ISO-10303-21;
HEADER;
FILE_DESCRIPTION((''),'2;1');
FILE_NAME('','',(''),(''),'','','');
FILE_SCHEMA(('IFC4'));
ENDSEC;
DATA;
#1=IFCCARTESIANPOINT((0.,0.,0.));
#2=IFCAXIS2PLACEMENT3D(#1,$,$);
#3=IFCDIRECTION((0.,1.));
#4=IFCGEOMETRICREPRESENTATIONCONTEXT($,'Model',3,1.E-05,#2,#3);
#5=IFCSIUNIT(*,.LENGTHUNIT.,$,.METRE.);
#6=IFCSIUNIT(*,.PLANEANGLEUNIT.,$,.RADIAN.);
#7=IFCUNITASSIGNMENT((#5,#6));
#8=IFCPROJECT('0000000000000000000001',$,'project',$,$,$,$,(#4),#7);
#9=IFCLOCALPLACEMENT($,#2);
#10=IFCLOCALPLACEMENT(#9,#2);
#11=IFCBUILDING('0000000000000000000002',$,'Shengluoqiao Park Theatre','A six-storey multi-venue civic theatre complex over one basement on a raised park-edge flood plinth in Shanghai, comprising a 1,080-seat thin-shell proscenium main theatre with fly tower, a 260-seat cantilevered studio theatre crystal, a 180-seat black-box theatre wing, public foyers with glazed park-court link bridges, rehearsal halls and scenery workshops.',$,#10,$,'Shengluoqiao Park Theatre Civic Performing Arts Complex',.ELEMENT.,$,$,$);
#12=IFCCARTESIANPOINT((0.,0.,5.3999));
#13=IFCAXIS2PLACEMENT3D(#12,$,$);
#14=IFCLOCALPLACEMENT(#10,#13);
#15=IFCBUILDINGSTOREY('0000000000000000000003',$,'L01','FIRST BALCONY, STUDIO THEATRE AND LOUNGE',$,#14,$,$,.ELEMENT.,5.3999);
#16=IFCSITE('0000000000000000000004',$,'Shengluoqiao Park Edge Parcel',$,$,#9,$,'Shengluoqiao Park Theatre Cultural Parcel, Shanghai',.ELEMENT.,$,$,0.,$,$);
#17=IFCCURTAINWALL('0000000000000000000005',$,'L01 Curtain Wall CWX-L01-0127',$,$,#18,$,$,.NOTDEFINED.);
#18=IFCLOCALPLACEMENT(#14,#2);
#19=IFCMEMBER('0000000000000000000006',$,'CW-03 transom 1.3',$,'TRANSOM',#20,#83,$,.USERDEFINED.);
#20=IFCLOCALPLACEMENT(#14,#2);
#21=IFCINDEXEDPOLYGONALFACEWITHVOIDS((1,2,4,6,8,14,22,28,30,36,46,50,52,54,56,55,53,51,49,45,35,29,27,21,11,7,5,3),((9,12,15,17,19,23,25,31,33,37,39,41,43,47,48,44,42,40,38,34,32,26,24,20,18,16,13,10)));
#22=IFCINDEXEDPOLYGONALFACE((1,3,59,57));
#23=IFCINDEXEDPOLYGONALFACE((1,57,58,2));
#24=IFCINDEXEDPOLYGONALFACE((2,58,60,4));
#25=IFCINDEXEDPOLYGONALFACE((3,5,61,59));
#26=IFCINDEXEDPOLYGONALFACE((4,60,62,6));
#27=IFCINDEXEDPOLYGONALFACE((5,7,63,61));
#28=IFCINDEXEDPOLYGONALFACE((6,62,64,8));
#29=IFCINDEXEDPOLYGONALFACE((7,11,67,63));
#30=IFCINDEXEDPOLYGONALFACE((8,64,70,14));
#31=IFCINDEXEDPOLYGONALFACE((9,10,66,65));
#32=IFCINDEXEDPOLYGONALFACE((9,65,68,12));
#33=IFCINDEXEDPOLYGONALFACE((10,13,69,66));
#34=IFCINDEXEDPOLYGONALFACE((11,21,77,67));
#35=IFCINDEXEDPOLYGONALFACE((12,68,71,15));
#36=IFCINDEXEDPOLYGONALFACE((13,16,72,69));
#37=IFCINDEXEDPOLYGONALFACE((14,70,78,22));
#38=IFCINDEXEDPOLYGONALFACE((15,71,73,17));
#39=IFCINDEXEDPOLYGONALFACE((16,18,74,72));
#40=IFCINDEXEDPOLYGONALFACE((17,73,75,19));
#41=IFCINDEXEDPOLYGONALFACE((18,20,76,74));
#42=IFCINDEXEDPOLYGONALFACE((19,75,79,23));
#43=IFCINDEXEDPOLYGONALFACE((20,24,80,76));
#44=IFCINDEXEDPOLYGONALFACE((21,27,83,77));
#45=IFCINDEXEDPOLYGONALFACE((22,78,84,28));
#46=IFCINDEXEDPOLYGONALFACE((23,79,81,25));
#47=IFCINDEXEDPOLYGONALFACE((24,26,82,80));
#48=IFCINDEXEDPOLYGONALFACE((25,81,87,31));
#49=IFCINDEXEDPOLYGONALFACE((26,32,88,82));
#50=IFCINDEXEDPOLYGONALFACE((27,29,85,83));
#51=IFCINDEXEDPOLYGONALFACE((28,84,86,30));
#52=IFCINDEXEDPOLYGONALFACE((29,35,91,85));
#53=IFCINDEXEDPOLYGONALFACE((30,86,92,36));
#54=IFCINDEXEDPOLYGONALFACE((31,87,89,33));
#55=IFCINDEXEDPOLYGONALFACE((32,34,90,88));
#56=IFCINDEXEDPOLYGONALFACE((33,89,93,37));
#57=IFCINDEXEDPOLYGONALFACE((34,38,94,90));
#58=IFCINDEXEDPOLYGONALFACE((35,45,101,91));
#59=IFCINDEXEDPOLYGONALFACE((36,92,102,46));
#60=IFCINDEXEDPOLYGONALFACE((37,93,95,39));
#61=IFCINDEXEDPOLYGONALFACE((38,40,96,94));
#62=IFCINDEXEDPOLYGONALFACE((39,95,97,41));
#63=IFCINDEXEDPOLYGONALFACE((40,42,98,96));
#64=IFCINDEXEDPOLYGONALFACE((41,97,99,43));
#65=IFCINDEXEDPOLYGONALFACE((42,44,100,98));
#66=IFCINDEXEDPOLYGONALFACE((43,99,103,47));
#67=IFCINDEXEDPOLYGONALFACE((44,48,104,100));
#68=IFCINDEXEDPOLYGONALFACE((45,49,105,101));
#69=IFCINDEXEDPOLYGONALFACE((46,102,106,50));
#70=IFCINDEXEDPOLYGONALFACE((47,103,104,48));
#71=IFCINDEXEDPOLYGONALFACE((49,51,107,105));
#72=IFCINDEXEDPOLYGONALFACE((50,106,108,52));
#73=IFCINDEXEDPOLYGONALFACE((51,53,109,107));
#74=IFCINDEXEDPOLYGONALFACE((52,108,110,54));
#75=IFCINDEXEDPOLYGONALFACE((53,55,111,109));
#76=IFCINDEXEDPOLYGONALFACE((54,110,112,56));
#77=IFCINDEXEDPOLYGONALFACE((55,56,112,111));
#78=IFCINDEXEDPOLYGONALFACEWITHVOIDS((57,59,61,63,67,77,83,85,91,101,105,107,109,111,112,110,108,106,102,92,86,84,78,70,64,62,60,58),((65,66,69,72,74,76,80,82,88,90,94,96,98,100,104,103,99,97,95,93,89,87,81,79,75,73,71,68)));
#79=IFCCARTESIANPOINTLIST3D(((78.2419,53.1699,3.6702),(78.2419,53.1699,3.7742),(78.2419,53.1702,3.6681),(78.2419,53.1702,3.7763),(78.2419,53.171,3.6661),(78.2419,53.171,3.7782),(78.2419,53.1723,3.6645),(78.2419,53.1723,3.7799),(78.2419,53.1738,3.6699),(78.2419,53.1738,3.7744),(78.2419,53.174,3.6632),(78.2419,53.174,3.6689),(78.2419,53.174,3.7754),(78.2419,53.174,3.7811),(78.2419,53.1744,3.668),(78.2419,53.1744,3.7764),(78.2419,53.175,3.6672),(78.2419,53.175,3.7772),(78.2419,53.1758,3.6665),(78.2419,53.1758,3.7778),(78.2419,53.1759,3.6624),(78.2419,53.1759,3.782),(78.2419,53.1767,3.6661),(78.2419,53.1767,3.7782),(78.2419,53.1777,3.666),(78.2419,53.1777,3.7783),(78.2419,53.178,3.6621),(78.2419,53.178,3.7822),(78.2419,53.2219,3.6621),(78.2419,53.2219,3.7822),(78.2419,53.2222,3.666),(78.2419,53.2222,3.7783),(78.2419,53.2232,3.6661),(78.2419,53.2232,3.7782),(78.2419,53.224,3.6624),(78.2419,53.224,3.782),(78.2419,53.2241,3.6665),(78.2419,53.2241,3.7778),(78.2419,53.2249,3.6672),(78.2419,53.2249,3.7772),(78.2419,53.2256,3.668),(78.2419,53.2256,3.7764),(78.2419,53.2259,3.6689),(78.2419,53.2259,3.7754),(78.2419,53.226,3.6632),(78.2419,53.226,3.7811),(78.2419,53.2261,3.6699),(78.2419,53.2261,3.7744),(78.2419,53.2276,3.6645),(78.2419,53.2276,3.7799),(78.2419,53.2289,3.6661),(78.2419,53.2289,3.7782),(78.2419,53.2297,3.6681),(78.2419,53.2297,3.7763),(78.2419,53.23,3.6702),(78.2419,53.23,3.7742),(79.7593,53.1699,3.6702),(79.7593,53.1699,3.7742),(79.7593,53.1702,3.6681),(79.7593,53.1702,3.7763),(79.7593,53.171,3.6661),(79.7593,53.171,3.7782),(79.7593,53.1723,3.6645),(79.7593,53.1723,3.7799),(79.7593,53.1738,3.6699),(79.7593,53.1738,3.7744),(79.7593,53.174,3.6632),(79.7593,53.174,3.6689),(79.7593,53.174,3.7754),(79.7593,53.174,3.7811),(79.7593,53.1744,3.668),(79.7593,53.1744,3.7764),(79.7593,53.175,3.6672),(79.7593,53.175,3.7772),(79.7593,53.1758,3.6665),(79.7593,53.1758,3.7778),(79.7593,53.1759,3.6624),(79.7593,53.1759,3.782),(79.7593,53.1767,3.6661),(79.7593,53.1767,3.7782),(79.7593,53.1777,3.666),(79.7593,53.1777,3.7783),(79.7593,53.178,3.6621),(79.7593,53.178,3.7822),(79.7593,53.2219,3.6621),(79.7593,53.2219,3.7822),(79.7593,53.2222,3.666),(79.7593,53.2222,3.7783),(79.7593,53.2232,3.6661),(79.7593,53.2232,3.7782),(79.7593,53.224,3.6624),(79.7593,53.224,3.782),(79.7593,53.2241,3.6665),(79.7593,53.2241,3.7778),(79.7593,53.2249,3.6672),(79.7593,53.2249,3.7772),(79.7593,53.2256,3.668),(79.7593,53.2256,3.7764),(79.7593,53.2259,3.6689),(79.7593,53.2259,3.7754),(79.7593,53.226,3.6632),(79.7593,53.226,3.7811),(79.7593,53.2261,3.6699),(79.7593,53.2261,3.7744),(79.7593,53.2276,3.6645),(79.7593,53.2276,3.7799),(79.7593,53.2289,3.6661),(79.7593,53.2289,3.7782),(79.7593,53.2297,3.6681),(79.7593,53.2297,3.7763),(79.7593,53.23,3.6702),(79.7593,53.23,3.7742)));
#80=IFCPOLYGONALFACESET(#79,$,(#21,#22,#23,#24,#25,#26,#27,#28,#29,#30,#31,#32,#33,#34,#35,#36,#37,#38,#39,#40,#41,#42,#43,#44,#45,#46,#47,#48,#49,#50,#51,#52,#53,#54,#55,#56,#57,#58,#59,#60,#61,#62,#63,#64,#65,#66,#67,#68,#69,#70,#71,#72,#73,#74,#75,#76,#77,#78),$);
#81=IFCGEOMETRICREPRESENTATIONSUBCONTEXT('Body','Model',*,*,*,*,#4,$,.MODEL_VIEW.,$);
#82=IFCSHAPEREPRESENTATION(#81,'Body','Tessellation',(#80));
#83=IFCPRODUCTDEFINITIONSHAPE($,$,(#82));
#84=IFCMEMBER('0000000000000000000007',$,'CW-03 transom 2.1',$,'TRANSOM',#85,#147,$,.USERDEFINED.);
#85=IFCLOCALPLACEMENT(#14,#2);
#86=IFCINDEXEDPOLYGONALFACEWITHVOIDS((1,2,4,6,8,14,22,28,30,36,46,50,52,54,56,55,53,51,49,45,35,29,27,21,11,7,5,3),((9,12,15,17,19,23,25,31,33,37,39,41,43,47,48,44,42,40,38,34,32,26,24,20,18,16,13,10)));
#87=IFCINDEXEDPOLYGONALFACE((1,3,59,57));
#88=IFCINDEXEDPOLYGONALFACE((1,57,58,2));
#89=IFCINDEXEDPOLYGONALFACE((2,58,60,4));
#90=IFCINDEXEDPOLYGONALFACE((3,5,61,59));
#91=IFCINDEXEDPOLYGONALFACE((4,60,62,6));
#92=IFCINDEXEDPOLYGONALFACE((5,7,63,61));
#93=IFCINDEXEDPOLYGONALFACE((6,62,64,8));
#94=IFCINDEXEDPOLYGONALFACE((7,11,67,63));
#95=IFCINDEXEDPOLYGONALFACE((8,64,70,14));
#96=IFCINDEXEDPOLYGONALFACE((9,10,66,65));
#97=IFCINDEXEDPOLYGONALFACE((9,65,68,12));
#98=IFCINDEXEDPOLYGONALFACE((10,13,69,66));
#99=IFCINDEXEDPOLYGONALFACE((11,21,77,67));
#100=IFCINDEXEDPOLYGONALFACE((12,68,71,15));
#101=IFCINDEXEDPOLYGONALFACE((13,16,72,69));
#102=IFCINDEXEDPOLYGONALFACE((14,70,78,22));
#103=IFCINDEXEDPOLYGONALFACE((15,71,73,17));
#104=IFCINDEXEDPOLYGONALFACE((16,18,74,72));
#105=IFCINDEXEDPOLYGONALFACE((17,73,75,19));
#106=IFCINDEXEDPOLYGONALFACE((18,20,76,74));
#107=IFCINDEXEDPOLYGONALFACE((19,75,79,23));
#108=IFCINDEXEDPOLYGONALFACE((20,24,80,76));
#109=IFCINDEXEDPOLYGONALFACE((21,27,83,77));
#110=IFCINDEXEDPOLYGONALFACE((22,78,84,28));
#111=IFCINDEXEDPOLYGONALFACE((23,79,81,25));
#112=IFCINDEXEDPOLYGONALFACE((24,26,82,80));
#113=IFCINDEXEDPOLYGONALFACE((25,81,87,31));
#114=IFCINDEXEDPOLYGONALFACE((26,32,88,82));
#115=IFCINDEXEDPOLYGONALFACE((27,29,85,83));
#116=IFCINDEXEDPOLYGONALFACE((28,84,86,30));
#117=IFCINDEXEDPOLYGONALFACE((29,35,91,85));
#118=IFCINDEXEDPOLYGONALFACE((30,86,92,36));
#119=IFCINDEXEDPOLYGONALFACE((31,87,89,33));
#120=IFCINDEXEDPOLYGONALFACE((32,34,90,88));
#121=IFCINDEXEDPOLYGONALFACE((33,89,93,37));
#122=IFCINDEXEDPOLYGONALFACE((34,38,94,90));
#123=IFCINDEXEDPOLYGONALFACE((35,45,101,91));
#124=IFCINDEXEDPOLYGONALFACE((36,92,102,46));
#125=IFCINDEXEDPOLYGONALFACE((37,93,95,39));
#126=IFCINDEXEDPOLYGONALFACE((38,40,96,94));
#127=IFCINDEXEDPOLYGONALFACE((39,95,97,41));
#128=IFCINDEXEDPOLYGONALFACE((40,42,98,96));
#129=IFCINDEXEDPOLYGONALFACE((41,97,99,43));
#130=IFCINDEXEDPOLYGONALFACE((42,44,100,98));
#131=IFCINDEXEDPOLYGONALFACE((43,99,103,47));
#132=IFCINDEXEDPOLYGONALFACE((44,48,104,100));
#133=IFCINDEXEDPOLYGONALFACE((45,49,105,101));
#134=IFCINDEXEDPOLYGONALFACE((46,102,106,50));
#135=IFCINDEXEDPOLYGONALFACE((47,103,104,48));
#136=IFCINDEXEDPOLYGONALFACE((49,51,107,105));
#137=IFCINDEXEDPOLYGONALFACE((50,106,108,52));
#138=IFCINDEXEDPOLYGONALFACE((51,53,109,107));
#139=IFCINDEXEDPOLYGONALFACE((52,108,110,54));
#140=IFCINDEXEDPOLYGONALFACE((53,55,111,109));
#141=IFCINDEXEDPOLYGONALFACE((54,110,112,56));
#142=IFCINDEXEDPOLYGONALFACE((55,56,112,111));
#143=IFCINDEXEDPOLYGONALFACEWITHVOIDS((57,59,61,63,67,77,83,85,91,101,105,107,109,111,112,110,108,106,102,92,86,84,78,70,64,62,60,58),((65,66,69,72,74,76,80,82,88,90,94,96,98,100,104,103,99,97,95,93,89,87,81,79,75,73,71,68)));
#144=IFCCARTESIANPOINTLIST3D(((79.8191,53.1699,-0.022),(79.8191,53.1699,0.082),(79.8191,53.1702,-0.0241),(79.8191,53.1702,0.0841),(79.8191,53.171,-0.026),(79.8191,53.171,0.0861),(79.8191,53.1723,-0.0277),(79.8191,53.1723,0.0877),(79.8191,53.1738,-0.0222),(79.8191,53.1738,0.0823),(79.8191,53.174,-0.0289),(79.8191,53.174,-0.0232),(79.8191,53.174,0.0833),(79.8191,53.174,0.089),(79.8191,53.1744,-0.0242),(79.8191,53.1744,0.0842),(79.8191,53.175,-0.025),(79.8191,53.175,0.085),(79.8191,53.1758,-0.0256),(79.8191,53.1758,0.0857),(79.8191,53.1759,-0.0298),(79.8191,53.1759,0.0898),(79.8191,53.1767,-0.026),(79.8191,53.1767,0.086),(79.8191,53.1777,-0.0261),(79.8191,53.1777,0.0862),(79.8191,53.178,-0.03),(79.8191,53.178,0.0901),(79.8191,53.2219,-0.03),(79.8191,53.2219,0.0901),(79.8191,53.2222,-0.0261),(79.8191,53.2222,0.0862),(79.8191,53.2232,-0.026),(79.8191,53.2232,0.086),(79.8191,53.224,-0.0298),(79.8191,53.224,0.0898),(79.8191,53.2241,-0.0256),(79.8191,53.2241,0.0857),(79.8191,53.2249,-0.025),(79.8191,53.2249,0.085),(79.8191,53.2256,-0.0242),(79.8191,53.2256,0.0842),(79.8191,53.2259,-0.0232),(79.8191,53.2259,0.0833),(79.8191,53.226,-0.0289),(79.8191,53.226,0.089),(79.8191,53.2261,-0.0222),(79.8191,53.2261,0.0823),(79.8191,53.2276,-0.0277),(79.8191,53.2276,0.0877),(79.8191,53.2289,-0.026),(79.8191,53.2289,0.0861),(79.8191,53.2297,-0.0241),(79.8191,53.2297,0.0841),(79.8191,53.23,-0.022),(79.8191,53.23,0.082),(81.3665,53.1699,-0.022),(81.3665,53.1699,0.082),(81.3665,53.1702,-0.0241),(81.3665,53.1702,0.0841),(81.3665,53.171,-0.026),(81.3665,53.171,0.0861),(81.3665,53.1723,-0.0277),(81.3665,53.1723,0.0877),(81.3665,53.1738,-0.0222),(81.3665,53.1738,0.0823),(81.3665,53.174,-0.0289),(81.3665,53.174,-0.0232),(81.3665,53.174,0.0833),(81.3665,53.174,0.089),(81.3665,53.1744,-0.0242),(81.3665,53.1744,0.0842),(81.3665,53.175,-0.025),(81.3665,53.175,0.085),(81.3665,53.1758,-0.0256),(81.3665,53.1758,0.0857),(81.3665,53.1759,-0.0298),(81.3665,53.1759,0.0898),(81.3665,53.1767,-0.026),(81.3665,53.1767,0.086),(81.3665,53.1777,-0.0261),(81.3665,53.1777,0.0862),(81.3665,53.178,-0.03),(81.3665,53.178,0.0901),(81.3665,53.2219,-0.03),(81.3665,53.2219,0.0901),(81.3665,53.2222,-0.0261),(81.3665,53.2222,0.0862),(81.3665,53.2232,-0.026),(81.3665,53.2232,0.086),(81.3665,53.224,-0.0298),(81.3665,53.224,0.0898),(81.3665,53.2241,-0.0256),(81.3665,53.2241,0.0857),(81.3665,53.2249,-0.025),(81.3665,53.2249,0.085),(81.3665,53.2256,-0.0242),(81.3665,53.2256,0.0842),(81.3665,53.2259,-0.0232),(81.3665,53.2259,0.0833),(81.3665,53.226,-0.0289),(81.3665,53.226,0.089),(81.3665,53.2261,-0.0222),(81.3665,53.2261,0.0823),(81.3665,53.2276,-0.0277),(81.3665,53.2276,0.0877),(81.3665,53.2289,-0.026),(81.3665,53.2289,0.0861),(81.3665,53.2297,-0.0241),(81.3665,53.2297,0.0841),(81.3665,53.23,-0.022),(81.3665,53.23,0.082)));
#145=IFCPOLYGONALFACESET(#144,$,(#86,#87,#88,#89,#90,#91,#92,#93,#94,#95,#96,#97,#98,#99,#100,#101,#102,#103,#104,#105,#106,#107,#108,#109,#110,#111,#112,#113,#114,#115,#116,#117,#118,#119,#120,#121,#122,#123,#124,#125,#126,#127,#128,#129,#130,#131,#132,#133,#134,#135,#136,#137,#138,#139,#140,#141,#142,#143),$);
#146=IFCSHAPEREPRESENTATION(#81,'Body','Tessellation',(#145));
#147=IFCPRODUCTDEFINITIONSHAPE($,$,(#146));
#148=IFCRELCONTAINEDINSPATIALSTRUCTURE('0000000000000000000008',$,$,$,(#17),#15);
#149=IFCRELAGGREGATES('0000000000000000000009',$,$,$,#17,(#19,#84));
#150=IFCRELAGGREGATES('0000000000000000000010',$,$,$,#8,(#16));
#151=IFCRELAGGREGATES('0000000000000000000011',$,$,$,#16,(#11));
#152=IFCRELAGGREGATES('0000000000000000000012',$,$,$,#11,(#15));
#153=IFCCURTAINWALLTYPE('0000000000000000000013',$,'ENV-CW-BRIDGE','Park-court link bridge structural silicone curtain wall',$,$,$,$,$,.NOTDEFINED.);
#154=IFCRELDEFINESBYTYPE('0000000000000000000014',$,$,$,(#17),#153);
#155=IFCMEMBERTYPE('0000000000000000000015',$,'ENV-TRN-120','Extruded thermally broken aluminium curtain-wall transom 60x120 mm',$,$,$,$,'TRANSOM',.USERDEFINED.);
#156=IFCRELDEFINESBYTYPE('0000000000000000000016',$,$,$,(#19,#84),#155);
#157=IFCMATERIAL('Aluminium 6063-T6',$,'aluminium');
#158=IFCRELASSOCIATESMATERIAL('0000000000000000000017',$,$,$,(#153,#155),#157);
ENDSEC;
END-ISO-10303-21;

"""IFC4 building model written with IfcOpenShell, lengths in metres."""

from ifc_helpers import new_model, si_unit, direction, frame, origin, origin_2d, place, context, subcontext, project, spatial, hollow_rectangle, extrude, material, material_profile, profile_set, type_object, element, aggregate, save


model = new_model("IFC4")

# Units and contexts
model_context = context("Model", 3, precision=1e-05, world=origin(), true_north=direction((0.0, 1.0)))
body_context = subcontext(model_context, "Body", "Model", "MODEL_VIEW")
ifc_project = project(units=[si_unit("LENGTHUNIT", "METRE"), si_unit("PLANEANGLEUNIT", "RADIAN")], contexts=[model_context])

# Site, building, storey
site_placement = place(None, origin())
site = spatial("IfcSite", under=ifc_project, at=site_placement, Name="Shengluoqiao Park Edge Parcel", LongName="Shengluoqiao Park Theatre Cultural Parcel, Shanghai", CompositionType="ELEMENT", RefElevation=0.0)
building_placement = place(site_placement, origin())
building = spatial("IfcBuilding", under=site, at=building_placement, Name="Shengluoqiao Park Theatre", Description="A six-storey multi-venue civic theatre complex over one basement on a raised park-edge flood plinth in Shanghai, comprising a 1,080-seat thin-shell proscenium main theatre with fly tower, a 260-seat cantilevered studio theatre crystal, a 180-seat black-box theatre wing, public foyers with glazed park-court link bridges, rehearsal halls and scenery workshops.", LongName="Shengluoqiao Park Theatre Civic Performing Arts Complex", CompositionType="ELEMENT")
storey_placement = place(building_placement, frame((0.0, 0.0, 5.3999)))
storey = spatial("IfcBuildingStorey", under=building, at=storey_placement, Name="L01", Description="FIRST BALCONY, STUDIO THEATRE AND LOUNGE", CompositionType="ELEMENT", Elevation=5.3999)

# Curtain wall, members
ifc_material_1 = material(Name="Aluminium 6063-T6", Category="aluminium")
curtain_wall_type = type_object("IfcCurtainWallType", Name="ENV-CW-BRIDGE", Description="Park-court link bridge structural silicone curtain wall", PredefinedType="NOTDEFINED", material=ifc_material_1)
curtain_wall_placement = place(storey_placement, origin())
curtain_wall = element("IfcCurtainWall", 1, at=curtain_wall_placement, inside=storey, type_object=curtain_wall_type, Name="L01 Curtain Wall CWX-L01-0127", PredefinedType="NOTDEFINED")
ifc_material_profile_1 = material_profile(ifc_material_1, hollow_rectangle(XDim=0.0601, YDim=0.1201, WallThickness=0.0039, InnerFilletRadius=0.0039, OuterFilletRadius=0.0081, at=origin_2d()), Name="ALU TRANSOM 120x60x4")
ifc_profile_set_1 = profile_set([ifc_material_profile_1], Name="Aluminium 6063-T6")
member_type_1 = type_object("IfcMemberType", Name="ENV-TRN-120", Description="Extruded thermally broken aluminium curtain-wall transom 60x120 mm", ElementType="TRANSOM", PredefinedType="USERDEFINED", material=ifc_profile_set_1)
member_1_placement = place(storey_placement, frame((78.2419, 53.2, 3.7222), z_axis=(1.0, 0.0, 0.0), x_axis=(0.0, 1.0, 0.0)))
member_1 = element("IfcMember", 2, at=member_1_placement, type_object=member_type_1, Name="CW-03 transom 1.3", ObjectType="TRANSOM", PredefinedType="USERDEFINED", context=body_context, shape_type="SweptSolid", body=[
    extrude(hollow_rectangle(XDim=0.0601, YDim=0.1201, WallThickness=0.0039, InnerFilletRadius=0.0039, OuterFilletRadius=0.0081, at=origin_2d()), origin(), (0.0, 0.0, 1.0), 1.5173),
])
member_2_placement = place(storey_placement, frame((79.8191, 53.2, 0.03), z_axis=(1.0, 0.0, 0.0), x_axis=(0.0, 1.0, 0.0)))
member_2 = element("IfcMember", 3, at=member_2_placement, type_object=member_type_1, Name="CW-03 transom 2.1", ObjectType="TRANSOM", PredefinedType="USERDEFINED", context=body_context, shape_type="SweptSolid", body=[
    extrude(hollow_rectangle(XDim=0.0601, YDim=0.1201, WallThickness=0.0039, InnerFilletRadius=0.0039, OuterFilletRadius=0.0081, at=origin_2d()), origin(), (0.0, 0.0, 1.0), 1.5474),
])

aggregate(curtain_wall, [member_1, member_2])

save(model, "model.ifc")
